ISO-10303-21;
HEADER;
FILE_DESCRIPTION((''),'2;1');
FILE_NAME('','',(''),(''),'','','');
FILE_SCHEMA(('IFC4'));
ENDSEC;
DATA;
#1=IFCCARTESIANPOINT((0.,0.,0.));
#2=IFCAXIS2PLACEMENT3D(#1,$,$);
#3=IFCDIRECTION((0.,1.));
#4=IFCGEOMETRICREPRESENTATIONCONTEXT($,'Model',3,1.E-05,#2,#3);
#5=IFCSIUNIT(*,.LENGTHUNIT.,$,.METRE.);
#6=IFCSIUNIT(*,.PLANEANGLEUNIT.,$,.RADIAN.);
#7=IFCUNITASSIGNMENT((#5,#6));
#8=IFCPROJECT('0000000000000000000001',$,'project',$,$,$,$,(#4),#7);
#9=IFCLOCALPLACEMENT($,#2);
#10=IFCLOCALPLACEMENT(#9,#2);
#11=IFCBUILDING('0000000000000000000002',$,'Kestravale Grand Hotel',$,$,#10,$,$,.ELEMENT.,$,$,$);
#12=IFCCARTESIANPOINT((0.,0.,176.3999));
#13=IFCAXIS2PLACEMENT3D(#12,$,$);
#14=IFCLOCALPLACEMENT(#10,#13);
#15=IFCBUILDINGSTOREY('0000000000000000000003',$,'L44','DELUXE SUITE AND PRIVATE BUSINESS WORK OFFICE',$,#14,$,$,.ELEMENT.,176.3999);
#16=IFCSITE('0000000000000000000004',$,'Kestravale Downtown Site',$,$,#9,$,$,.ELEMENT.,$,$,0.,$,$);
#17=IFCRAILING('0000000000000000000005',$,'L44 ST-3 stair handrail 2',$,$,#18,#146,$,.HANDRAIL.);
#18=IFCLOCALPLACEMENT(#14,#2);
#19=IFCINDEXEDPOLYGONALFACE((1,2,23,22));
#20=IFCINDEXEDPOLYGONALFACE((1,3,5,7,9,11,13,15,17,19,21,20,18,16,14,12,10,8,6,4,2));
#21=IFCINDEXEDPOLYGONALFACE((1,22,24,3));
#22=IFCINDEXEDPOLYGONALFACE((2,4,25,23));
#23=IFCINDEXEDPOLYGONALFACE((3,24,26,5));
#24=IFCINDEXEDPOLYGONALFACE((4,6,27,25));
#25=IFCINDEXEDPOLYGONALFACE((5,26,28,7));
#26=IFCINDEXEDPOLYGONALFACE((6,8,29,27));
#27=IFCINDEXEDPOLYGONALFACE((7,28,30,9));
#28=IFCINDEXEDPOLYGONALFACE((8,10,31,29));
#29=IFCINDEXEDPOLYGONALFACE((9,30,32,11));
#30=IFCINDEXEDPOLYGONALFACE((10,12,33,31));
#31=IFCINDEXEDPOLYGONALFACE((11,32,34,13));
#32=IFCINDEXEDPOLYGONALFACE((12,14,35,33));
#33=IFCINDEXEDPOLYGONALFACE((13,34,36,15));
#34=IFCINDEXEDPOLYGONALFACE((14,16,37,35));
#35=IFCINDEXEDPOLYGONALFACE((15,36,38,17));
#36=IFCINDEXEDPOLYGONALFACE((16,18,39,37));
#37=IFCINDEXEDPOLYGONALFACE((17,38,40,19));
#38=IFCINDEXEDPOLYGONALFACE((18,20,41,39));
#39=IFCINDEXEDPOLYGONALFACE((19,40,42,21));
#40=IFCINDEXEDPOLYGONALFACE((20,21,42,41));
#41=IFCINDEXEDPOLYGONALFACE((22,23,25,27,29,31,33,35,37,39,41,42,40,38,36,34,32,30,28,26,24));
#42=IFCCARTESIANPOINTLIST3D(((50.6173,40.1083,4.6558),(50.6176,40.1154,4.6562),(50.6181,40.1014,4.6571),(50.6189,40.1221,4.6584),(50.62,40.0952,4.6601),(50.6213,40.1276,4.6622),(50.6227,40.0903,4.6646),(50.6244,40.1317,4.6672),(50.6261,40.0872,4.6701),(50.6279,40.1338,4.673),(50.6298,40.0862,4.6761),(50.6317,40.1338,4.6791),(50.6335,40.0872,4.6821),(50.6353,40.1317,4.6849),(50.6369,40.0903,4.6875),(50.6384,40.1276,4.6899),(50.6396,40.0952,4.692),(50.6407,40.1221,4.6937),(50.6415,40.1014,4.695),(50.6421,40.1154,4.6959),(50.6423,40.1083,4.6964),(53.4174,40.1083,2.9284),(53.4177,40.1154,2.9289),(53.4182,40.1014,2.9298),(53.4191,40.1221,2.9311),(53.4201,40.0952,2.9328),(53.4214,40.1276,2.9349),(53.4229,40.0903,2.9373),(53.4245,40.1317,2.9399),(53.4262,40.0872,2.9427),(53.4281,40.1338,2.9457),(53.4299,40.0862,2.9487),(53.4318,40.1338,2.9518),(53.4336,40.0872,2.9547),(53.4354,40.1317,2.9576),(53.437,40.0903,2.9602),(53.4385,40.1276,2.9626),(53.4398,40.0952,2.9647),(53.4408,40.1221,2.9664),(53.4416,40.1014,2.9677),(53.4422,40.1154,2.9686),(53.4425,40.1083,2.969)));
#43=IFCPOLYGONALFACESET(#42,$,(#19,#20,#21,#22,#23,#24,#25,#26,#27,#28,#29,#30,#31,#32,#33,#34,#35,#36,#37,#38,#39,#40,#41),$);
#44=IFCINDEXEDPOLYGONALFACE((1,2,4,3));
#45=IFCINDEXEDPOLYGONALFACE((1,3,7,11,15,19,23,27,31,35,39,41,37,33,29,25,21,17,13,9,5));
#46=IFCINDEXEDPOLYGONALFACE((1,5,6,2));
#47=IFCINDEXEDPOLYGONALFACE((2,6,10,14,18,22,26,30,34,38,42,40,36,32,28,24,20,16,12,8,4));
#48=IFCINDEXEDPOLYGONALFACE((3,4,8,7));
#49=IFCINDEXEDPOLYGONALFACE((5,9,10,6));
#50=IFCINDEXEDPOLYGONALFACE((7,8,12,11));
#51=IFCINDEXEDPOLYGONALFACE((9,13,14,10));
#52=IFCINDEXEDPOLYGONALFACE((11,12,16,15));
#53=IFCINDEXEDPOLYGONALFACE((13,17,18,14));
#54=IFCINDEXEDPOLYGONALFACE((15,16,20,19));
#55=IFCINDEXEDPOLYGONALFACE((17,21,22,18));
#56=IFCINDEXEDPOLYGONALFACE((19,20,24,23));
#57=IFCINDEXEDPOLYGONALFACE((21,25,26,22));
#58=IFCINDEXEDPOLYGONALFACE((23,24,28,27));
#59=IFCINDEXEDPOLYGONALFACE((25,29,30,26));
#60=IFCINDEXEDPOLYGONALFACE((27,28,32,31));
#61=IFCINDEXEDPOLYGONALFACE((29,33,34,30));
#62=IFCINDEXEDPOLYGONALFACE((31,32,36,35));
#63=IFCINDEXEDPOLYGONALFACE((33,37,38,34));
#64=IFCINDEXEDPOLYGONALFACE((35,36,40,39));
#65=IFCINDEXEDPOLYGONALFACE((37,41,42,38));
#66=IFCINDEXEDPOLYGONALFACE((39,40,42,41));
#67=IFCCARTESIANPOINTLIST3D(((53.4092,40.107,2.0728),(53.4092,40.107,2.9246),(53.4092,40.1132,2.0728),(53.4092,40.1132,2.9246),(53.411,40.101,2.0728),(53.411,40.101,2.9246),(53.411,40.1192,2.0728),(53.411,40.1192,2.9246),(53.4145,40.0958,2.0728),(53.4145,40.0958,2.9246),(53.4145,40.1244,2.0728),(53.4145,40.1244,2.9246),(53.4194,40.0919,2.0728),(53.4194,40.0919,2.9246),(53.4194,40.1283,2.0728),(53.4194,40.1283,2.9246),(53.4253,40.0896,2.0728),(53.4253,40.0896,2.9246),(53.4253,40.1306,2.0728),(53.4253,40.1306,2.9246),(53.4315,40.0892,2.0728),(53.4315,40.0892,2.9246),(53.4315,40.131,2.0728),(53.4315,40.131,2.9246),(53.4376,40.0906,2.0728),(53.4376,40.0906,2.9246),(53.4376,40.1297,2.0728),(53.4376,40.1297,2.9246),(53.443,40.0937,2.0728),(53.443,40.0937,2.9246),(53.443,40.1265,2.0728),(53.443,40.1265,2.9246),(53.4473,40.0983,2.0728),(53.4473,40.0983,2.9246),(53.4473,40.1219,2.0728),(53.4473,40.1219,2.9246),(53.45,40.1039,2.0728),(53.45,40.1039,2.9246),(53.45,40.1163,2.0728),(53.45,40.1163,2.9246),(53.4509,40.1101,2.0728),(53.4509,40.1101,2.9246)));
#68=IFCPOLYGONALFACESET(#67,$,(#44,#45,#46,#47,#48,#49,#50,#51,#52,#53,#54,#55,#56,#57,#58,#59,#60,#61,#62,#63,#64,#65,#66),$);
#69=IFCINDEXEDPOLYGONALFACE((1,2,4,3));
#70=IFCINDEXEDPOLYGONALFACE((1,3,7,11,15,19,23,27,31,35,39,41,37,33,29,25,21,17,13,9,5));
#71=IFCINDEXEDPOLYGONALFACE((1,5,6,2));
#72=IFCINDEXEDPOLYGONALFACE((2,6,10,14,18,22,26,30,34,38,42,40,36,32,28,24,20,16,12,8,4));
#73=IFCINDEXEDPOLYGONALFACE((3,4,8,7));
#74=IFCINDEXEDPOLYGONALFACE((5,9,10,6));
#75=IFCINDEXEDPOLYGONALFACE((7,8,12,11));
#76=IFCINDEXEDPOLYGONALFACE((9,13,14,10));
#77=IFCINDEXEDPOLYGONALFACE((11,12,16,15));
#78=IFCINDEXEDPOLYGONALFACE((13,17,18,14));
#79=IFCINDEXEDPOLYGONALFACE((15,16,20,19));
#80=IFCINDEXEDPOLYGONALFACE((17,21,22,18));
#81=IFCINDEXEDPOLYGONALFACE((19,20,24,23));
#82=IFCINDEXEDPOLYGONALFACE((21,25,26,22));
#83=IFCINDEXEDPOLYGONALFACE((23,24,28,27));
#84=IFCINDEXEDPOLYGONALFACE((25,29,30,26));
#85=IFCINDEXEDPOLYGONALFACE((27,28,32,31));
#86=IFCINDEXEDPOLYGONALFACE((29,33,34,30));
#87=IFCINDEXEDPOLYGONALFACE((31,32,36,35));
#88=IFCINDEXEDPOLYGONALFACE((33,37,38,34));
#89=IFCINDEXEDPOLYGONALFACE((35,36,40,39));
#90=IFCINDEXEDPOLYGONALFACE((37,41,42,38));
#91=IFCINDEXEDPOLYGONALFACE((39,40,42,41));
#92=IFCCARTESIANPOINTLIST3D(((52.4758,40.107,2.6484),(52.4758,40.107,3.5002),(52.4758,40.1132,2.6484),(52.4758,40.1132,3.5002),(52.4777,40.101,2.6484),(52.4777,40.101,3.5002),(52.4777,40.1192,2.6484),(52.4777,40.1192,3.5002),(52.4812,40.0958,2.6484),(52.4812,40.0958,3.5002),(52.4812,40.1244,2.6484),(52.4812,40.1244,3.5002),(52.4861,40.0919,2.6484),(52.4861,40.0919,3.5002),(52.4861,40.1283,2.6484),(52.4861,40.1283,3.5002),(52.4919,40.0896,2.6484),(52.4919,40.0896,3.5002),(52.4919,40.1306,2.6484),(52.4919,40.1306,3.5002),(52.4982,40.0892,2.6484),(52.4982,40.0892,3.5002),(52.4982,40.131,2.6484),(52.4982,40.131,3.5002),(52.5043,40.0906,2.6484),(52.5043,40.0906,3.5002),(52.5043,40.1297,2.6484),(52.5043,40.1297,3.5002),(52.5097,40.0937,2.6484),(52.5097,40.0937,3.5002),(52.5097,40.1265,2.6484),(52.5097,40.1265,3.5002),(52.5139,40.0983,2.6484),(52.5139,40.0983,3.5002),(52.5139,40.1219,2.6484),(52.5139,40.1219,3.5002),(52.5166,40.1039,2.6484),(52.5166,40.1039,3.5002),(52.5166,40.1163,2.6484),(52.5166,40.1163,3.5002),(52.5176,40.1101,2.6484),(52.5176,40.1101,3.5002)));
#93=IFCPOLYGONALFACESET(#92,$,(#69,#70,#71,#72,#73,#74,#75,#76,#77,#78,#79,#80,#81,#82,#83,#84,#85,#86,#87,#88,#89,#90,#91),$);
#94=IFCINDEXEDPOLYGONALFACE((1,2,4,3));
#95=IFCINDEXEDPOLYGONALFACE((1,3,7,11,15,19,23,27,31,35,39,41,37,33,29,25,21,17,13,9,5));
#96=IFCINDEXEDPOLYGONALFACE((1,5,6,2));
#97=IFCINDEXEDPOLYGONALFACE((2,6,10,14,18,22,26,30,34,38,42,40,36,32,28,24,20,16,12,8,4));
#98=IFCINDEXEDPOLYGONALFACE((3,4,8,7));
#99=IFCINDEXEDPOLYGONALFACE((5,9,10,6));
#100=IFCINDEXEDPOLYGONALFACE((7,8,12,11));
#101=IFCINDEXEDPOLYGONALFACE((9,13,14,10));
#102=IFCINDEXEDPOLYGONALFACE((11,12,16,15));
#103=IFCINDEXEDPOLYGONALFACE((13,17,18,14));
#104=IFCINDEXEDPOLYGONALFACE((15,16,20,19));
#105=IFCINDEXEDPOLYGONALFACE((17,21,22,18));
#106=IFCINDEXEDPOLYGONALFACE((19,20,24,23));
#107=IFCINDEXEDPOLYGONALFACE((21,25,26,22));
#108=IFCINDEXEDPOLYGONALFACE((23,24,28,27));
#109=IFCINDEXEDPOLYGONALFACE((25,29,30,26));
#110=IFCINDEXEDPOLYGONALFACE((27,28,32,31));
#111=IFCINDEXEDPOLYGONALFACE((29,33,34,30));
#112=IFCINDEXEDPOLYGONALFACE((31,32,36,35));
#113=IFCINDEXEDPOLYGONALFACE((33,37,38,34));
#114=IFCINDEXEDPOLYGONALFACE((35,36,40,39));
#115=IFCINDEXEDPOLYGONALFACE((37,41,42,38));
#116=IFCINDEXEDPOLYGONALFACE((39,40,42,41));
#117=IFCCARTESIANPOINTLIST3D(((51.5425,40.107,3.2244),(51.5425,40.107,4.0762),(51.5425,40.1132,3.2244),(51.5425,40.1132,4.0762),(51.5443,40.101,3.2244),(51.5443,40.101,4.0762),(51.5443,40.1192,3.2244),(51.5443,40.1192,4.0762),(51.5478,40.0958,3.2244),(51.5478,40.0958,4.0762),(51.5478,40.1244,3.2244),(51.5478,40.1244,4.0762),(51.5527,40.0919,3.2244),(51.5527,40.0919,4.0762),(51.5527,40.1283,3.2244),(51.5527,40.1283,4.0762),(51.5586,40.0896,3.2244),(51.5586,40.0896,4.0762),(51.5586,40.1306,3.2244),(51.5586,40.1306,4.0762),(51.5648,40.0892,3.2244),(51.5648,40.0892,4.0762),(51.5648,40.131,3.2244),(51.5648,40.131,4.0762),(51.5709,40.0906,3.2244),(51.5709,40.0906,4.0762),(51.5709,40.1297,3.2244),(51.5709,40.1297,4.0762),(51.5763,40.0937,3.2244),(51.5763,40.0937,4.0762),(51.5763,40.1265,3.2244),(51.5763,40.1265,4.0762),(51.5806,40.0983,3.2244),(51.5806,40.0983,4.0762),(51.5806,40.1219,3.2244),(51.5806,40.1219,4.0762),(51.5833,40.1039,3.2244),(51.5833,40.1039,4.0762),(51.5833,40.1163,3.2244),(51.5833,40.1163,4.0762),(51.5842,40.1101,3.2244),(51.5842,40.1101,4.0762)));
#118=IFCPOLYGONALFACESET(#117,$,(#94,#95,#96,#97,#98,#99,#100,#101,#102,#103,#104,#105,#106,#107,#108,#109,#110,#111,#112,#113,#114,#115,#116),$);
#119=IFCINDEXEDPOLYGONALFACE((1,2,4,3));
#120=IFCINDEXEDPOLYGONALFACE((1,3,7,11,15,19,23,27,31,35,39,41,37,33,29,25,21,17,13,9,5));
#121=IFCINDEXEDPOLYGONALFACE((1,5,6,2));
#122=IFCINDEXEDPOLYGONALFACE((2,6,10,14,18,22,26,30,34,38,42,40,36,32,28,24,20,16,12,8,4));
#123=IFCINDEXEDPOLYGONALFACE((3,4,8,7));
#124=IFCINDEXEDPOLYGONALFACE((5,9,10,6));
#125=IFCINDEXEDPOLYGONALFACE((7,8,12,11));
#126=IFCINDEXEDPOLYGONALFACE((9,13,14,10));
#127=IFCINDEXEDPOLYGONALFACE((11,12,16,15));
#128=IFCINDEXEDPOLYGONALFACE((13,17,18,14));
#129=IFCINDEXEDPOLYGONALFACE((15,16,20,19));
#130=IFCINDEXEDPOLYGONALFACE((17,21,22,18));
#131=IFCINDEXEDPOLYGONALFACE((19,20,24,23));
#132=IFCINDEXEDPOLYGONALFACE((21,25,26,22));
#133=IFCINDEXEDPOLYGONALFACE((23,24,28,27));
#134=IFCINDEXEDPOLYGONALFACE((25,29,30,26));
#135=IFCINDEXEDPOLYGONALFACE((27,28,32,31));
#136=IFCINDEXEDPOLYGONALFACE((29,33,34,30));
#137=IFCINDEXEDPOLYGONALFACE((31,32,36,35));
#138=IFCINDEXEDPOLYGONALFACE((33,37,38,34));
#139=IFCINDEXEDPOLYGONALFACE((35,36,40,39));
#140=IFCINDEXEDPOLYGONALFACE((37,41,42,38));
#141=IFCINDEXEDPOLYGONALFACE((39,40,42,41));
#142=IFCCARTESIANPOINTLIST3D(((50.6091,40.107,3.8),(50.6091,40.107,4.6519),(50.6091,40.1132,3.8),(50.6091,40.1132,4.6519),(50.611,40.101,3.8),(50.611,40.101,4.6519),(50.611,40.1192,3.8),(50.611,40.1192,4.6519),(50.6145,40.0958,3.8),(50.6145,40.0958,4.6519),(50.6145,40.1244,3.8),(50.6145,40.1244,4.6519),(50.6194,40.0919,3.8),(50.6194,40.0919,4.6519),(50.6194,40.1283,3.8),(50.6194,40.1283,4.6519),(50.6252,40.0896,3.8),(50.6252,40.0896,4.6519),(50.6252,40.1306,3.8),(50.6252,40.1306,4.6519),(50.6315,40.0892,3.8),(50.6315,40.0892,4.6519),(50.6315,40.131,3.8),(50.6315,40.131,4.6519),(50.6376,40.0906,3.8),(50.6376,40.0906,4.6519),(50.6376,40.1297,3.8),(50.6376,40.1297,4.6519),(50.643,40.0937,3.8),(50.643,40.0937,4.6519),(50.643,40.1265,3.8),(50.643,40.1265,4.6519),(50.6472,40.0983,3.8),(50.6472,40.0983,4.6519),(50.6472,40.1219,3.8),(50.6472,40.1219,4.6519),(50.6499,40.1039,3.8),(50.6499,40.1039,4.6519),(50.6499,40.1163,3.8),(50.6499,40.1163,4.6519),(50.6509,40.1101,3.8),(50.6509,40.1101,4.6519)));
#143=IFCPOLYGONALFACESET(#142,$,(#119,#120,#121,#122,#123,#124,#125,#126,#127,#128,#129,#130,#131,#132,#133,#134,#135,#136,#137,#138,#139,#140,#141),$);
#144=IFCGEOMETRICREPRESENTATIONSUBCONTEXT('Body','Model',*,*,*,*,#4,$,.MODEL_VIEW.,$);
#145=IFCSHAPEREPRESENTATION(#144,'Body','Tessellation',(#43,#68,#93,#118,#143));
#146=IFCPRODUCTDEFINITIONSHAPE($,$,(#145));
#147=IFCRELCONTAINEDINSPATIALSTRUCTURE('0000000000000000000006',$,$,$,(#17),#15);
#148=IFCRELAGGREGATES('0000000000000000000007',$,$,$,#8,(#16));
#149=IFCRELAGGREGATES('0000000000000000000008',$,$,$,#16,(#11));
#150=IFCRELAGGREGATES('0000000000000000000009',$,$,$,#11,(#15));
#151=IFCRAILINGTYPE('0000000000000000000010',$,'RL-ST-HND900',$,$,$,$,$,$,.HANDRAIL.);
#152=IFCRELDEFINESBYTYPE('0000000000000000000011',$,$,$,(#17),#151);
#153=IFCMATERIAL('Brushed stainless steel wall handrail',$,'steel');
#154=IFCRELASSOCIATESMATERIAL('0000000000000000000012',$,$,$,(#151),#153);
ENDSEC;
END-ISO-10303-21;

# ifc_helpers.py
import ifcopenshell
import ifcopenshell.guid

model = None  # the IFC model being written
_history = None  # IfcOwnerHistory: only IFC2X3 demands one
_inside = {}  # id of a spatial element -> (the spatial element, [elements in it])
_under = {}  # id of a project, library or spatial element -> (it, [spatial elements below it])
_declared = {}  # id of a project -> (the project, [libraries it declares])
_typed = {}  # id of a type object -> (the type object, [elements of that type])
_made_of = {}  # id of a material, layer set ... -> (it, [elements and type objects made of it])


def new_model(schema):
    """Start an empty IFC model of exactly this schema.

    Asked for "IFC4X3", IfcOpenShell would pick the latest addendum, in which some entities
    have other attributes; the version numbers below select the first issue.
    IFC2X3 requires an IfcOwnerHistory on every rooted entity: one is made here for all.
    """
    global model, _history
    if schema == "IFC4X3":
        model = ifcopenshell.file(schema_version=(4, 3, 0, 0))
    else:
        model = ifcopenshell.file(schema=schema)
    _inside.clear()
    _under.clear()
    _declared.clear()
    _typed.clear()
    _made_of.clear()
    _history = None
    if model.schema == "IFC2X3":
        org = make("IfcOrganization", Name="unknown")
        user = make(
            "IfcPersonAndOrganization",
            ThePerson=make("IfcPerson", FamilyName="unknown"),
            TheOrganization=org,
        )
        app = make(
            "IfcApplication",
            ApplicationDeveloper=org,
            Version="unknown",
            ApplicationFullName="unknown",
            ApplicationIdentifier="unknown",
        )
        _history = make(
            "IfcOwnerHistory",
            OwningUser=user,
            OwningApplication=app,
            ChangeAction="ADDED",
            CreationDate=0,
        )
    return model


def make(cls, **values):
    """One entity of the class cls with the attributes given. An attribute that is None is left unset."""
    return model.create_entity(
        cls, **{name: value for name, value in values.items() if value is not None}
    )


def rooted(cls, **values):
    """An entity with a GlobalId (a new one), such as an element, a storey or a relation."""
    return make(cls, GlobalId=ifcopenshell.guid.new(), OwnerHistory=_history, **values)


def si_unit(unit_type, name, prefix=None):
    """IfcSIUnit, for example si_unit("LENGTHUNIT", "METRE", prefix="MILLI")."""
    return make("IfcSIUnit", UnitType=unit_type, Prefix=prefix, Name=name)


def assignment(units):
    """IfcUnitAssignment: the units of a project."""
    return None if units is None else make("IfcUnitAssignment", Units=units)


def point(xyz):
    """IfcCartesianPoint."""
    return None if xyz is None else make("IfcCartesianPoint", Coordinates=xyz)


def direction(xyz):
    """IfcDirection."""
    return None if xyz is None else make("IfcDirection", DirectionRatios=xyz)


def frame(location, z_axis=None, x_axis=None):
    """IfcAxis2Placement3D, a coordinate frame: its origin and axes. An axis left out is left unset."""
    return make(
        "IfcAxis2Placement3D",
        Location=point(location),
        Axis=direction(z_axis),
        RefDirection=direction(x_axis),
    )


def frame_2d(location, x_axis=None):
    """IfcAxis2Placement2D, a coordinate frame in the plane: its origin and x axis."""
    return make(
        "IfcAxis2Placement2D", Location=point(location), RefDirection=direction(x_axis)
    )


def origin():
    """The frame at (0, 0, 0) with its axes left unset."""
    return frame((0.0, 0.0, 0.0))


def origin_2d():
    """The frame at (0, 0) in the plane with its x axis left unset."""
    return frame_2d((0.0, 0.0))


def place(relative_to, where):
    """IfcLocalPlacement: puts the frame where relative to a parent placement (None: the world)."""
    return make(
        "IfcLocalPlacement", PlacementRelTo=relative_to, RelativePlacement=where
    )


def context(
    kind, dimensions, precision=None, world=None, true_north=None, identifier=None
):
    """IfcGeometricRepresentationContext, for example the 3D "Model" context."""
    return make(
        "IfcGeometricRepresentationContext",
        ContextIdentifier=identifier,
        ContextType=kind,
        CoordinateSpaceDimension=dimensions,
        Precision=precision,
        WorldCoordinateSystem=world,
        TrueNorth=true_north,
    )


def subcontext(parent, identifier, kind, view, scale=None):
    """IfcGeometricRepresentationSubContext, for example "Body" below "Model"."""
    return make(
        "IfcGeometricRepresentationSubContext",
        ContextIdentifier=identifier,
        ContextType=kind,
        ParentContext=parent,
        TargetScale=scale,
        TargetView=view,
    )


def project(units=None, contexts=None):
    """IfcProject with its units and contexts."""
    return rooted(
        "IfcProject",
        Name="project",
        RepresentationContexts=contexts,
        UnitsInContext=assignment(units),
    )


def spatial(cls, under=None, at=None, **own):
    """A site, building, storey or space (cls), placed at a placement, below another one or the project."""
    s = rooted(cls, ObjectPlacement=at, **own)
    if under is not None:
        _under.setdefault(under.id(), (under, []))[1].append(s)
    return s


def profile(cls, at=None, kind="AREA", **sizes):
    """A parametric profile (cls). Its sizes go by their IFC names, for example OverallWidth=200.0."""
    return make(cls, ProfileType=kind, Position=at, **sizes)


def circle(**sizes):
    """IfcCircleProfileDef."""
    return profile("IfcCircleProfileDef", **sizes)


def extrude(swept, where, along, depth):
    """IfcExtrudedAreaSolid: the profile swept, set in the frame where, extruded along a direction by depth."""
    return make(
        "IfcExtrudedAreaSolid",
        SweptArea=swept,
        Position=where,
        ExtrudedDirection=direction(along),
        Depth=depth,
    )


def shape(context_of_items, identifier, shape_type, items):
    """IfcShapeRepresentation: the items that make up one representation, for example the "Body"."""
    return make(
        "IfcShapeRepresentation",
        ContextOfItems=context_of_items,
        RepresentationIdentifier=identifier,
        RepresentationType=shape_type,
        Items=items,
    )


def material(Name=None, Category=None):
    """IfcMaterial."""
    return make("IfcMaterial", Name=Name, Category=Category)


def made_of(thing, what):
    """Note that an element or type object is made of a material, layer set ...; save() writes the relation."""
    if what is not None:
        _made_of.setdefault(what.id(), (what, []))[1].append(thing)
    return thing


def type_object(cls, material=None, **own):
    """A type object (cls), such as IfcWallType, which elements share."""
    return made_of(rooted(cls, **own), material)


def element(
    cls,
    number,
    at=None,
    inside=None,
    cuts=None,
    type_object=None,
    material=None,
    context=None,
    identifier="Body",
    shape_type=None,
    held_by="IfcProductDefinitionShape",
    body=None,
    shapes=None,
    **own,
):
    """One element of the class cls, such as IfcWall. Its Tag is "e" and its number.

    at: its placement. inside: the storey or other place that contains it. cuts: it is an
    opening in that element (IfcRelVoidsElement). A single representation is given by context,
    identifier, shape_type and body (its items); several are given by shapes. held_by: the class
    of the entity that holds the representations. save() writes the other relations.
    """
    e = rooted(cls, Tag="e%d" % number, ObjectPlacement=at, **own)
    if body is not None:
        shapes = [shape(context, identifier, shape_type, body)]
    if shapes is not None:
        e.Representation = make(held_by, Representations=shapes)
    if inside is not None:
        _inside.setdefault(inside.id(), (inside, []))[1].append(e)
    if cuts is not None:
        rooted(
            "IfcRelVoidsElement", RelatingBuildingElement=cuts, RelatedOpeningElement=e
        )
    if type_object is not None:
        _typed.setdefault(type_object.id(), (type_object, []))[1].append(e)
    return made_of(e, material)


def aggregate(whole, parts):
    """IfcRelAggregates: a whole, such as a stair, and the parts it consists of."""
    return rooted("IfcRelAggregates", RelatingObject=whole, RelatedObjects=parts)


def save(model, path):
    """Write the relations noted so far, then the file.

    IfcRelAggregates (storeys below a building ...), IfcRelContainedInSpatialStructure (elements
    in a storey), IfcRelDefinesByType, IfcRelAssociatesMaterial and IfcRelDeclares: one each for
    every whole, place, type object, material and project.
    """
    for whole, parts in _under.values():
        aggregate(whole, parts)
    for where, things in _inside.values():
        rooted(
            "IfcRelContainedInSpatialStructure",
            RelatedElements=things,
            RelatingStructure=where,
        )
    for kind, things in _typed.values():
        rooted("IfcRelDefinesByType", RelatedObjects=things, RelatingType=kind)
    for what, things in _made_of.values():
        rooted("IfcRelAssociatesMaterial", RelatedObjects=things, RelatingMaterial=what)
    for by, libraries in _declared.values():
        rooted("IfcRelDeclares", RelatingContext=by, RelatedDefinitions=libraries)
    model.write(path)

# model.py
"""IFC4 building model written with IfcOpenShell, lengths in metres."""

from ifc_helpers import new_model, si_unit, direction, frame, origin, origin_2d, place, context, subcontext, project, spatial, circle, extrude, material, type_object, element, save


model = new_model("IFC4")

# Units and contexts
model_context = context("Model", 3, precision=1e-05, world=origin(), true_north=direction((0.0, 1.0)))
body_context = subcontext(model_context, "Body", "Model", "MODEL_VIEW")
ifc_project = project(units=[si_unit("LENGTHUNIT", "METRE"), si_unit("PLANEANGLEUNIT", "RADIAN")], contexts=[model_context])

# Site, building, storey
site_placement = place(None, origin())
site = spatial("IfcSite", under=ifc_project, at=site_placement, Name="Kestravale Downtown Site", CompositionType="ELEMENT", RefElevation=0.0)
building_placement = place(site_placement, origin())
building = spatial("IfcBuilding", under=site, at=building_placement, Name="Kestravale Grand Hotel", CompositionType="ELEMENT")
storey_placement = place(building_placement, frame((0.0, 0.0, 176.3999)))
storey = spatial("IfcBuildingStorey", under=building, at=storey_placement, Name="L44", Description="DELUXE SUITE AND PRIVATE BUSINESS WORK OFFICE", CompositionType="ELEMENT", Elevation=176.3999)

# Railing
ifc_material_1 = material(Name="Brushed stainless steel wall handrail", Category="steel")
railing_type_1 = type_object("IfcRailingType", Name="RL-ST-HND900", PredefinedType="HANDRAIL", material=ifc_material_1)
railing_1_placement = place(storey_placement, frame((53.4299, 40.1101, 2.0728)))
element("IfcRailing", 1, at=railing_1_placement, inside=storey, type_object=railing_type_1, Name="L44 ST-3 stair handrail 2", PredefinedType="HANDRAIL", context=body_context, shape_type="SweptSolid", body=[
    extrude(circle(Radius=0.0239, at=origin_2d()), frame((0.0, 0.0, 0.876), z_axis=(-0.85109, 0.0, 0.52502), x_axis=(0.0, -1.0, 0.0)), (0.0, 0.0, 1.0), 3.29),
    extrude(circle(Radius=0.021, at=origin_2d()), origin(), (0.0, 0.0, 1.0), 0.8518),
    extrude(circle(Radius=0.021, at=origin_2d()), frame((-0.9333, 0.0, 0.5757)), (0.0, 0.0, 1.0), 0.8518),
    extrude(circle(Radius=0.021, at=origin_2d()), frame((-1.8667, 0.0, 1.1516)), (0.0, 0.0, 1.0), 0.8518),
    extrude(circle(Radius=0.021, at=origin_2d()), frame((-2.8, 0.0, 1.7273)), (0.0, 0.0, 1.0), 0.8518),
])

save(model, "model.ifc")
